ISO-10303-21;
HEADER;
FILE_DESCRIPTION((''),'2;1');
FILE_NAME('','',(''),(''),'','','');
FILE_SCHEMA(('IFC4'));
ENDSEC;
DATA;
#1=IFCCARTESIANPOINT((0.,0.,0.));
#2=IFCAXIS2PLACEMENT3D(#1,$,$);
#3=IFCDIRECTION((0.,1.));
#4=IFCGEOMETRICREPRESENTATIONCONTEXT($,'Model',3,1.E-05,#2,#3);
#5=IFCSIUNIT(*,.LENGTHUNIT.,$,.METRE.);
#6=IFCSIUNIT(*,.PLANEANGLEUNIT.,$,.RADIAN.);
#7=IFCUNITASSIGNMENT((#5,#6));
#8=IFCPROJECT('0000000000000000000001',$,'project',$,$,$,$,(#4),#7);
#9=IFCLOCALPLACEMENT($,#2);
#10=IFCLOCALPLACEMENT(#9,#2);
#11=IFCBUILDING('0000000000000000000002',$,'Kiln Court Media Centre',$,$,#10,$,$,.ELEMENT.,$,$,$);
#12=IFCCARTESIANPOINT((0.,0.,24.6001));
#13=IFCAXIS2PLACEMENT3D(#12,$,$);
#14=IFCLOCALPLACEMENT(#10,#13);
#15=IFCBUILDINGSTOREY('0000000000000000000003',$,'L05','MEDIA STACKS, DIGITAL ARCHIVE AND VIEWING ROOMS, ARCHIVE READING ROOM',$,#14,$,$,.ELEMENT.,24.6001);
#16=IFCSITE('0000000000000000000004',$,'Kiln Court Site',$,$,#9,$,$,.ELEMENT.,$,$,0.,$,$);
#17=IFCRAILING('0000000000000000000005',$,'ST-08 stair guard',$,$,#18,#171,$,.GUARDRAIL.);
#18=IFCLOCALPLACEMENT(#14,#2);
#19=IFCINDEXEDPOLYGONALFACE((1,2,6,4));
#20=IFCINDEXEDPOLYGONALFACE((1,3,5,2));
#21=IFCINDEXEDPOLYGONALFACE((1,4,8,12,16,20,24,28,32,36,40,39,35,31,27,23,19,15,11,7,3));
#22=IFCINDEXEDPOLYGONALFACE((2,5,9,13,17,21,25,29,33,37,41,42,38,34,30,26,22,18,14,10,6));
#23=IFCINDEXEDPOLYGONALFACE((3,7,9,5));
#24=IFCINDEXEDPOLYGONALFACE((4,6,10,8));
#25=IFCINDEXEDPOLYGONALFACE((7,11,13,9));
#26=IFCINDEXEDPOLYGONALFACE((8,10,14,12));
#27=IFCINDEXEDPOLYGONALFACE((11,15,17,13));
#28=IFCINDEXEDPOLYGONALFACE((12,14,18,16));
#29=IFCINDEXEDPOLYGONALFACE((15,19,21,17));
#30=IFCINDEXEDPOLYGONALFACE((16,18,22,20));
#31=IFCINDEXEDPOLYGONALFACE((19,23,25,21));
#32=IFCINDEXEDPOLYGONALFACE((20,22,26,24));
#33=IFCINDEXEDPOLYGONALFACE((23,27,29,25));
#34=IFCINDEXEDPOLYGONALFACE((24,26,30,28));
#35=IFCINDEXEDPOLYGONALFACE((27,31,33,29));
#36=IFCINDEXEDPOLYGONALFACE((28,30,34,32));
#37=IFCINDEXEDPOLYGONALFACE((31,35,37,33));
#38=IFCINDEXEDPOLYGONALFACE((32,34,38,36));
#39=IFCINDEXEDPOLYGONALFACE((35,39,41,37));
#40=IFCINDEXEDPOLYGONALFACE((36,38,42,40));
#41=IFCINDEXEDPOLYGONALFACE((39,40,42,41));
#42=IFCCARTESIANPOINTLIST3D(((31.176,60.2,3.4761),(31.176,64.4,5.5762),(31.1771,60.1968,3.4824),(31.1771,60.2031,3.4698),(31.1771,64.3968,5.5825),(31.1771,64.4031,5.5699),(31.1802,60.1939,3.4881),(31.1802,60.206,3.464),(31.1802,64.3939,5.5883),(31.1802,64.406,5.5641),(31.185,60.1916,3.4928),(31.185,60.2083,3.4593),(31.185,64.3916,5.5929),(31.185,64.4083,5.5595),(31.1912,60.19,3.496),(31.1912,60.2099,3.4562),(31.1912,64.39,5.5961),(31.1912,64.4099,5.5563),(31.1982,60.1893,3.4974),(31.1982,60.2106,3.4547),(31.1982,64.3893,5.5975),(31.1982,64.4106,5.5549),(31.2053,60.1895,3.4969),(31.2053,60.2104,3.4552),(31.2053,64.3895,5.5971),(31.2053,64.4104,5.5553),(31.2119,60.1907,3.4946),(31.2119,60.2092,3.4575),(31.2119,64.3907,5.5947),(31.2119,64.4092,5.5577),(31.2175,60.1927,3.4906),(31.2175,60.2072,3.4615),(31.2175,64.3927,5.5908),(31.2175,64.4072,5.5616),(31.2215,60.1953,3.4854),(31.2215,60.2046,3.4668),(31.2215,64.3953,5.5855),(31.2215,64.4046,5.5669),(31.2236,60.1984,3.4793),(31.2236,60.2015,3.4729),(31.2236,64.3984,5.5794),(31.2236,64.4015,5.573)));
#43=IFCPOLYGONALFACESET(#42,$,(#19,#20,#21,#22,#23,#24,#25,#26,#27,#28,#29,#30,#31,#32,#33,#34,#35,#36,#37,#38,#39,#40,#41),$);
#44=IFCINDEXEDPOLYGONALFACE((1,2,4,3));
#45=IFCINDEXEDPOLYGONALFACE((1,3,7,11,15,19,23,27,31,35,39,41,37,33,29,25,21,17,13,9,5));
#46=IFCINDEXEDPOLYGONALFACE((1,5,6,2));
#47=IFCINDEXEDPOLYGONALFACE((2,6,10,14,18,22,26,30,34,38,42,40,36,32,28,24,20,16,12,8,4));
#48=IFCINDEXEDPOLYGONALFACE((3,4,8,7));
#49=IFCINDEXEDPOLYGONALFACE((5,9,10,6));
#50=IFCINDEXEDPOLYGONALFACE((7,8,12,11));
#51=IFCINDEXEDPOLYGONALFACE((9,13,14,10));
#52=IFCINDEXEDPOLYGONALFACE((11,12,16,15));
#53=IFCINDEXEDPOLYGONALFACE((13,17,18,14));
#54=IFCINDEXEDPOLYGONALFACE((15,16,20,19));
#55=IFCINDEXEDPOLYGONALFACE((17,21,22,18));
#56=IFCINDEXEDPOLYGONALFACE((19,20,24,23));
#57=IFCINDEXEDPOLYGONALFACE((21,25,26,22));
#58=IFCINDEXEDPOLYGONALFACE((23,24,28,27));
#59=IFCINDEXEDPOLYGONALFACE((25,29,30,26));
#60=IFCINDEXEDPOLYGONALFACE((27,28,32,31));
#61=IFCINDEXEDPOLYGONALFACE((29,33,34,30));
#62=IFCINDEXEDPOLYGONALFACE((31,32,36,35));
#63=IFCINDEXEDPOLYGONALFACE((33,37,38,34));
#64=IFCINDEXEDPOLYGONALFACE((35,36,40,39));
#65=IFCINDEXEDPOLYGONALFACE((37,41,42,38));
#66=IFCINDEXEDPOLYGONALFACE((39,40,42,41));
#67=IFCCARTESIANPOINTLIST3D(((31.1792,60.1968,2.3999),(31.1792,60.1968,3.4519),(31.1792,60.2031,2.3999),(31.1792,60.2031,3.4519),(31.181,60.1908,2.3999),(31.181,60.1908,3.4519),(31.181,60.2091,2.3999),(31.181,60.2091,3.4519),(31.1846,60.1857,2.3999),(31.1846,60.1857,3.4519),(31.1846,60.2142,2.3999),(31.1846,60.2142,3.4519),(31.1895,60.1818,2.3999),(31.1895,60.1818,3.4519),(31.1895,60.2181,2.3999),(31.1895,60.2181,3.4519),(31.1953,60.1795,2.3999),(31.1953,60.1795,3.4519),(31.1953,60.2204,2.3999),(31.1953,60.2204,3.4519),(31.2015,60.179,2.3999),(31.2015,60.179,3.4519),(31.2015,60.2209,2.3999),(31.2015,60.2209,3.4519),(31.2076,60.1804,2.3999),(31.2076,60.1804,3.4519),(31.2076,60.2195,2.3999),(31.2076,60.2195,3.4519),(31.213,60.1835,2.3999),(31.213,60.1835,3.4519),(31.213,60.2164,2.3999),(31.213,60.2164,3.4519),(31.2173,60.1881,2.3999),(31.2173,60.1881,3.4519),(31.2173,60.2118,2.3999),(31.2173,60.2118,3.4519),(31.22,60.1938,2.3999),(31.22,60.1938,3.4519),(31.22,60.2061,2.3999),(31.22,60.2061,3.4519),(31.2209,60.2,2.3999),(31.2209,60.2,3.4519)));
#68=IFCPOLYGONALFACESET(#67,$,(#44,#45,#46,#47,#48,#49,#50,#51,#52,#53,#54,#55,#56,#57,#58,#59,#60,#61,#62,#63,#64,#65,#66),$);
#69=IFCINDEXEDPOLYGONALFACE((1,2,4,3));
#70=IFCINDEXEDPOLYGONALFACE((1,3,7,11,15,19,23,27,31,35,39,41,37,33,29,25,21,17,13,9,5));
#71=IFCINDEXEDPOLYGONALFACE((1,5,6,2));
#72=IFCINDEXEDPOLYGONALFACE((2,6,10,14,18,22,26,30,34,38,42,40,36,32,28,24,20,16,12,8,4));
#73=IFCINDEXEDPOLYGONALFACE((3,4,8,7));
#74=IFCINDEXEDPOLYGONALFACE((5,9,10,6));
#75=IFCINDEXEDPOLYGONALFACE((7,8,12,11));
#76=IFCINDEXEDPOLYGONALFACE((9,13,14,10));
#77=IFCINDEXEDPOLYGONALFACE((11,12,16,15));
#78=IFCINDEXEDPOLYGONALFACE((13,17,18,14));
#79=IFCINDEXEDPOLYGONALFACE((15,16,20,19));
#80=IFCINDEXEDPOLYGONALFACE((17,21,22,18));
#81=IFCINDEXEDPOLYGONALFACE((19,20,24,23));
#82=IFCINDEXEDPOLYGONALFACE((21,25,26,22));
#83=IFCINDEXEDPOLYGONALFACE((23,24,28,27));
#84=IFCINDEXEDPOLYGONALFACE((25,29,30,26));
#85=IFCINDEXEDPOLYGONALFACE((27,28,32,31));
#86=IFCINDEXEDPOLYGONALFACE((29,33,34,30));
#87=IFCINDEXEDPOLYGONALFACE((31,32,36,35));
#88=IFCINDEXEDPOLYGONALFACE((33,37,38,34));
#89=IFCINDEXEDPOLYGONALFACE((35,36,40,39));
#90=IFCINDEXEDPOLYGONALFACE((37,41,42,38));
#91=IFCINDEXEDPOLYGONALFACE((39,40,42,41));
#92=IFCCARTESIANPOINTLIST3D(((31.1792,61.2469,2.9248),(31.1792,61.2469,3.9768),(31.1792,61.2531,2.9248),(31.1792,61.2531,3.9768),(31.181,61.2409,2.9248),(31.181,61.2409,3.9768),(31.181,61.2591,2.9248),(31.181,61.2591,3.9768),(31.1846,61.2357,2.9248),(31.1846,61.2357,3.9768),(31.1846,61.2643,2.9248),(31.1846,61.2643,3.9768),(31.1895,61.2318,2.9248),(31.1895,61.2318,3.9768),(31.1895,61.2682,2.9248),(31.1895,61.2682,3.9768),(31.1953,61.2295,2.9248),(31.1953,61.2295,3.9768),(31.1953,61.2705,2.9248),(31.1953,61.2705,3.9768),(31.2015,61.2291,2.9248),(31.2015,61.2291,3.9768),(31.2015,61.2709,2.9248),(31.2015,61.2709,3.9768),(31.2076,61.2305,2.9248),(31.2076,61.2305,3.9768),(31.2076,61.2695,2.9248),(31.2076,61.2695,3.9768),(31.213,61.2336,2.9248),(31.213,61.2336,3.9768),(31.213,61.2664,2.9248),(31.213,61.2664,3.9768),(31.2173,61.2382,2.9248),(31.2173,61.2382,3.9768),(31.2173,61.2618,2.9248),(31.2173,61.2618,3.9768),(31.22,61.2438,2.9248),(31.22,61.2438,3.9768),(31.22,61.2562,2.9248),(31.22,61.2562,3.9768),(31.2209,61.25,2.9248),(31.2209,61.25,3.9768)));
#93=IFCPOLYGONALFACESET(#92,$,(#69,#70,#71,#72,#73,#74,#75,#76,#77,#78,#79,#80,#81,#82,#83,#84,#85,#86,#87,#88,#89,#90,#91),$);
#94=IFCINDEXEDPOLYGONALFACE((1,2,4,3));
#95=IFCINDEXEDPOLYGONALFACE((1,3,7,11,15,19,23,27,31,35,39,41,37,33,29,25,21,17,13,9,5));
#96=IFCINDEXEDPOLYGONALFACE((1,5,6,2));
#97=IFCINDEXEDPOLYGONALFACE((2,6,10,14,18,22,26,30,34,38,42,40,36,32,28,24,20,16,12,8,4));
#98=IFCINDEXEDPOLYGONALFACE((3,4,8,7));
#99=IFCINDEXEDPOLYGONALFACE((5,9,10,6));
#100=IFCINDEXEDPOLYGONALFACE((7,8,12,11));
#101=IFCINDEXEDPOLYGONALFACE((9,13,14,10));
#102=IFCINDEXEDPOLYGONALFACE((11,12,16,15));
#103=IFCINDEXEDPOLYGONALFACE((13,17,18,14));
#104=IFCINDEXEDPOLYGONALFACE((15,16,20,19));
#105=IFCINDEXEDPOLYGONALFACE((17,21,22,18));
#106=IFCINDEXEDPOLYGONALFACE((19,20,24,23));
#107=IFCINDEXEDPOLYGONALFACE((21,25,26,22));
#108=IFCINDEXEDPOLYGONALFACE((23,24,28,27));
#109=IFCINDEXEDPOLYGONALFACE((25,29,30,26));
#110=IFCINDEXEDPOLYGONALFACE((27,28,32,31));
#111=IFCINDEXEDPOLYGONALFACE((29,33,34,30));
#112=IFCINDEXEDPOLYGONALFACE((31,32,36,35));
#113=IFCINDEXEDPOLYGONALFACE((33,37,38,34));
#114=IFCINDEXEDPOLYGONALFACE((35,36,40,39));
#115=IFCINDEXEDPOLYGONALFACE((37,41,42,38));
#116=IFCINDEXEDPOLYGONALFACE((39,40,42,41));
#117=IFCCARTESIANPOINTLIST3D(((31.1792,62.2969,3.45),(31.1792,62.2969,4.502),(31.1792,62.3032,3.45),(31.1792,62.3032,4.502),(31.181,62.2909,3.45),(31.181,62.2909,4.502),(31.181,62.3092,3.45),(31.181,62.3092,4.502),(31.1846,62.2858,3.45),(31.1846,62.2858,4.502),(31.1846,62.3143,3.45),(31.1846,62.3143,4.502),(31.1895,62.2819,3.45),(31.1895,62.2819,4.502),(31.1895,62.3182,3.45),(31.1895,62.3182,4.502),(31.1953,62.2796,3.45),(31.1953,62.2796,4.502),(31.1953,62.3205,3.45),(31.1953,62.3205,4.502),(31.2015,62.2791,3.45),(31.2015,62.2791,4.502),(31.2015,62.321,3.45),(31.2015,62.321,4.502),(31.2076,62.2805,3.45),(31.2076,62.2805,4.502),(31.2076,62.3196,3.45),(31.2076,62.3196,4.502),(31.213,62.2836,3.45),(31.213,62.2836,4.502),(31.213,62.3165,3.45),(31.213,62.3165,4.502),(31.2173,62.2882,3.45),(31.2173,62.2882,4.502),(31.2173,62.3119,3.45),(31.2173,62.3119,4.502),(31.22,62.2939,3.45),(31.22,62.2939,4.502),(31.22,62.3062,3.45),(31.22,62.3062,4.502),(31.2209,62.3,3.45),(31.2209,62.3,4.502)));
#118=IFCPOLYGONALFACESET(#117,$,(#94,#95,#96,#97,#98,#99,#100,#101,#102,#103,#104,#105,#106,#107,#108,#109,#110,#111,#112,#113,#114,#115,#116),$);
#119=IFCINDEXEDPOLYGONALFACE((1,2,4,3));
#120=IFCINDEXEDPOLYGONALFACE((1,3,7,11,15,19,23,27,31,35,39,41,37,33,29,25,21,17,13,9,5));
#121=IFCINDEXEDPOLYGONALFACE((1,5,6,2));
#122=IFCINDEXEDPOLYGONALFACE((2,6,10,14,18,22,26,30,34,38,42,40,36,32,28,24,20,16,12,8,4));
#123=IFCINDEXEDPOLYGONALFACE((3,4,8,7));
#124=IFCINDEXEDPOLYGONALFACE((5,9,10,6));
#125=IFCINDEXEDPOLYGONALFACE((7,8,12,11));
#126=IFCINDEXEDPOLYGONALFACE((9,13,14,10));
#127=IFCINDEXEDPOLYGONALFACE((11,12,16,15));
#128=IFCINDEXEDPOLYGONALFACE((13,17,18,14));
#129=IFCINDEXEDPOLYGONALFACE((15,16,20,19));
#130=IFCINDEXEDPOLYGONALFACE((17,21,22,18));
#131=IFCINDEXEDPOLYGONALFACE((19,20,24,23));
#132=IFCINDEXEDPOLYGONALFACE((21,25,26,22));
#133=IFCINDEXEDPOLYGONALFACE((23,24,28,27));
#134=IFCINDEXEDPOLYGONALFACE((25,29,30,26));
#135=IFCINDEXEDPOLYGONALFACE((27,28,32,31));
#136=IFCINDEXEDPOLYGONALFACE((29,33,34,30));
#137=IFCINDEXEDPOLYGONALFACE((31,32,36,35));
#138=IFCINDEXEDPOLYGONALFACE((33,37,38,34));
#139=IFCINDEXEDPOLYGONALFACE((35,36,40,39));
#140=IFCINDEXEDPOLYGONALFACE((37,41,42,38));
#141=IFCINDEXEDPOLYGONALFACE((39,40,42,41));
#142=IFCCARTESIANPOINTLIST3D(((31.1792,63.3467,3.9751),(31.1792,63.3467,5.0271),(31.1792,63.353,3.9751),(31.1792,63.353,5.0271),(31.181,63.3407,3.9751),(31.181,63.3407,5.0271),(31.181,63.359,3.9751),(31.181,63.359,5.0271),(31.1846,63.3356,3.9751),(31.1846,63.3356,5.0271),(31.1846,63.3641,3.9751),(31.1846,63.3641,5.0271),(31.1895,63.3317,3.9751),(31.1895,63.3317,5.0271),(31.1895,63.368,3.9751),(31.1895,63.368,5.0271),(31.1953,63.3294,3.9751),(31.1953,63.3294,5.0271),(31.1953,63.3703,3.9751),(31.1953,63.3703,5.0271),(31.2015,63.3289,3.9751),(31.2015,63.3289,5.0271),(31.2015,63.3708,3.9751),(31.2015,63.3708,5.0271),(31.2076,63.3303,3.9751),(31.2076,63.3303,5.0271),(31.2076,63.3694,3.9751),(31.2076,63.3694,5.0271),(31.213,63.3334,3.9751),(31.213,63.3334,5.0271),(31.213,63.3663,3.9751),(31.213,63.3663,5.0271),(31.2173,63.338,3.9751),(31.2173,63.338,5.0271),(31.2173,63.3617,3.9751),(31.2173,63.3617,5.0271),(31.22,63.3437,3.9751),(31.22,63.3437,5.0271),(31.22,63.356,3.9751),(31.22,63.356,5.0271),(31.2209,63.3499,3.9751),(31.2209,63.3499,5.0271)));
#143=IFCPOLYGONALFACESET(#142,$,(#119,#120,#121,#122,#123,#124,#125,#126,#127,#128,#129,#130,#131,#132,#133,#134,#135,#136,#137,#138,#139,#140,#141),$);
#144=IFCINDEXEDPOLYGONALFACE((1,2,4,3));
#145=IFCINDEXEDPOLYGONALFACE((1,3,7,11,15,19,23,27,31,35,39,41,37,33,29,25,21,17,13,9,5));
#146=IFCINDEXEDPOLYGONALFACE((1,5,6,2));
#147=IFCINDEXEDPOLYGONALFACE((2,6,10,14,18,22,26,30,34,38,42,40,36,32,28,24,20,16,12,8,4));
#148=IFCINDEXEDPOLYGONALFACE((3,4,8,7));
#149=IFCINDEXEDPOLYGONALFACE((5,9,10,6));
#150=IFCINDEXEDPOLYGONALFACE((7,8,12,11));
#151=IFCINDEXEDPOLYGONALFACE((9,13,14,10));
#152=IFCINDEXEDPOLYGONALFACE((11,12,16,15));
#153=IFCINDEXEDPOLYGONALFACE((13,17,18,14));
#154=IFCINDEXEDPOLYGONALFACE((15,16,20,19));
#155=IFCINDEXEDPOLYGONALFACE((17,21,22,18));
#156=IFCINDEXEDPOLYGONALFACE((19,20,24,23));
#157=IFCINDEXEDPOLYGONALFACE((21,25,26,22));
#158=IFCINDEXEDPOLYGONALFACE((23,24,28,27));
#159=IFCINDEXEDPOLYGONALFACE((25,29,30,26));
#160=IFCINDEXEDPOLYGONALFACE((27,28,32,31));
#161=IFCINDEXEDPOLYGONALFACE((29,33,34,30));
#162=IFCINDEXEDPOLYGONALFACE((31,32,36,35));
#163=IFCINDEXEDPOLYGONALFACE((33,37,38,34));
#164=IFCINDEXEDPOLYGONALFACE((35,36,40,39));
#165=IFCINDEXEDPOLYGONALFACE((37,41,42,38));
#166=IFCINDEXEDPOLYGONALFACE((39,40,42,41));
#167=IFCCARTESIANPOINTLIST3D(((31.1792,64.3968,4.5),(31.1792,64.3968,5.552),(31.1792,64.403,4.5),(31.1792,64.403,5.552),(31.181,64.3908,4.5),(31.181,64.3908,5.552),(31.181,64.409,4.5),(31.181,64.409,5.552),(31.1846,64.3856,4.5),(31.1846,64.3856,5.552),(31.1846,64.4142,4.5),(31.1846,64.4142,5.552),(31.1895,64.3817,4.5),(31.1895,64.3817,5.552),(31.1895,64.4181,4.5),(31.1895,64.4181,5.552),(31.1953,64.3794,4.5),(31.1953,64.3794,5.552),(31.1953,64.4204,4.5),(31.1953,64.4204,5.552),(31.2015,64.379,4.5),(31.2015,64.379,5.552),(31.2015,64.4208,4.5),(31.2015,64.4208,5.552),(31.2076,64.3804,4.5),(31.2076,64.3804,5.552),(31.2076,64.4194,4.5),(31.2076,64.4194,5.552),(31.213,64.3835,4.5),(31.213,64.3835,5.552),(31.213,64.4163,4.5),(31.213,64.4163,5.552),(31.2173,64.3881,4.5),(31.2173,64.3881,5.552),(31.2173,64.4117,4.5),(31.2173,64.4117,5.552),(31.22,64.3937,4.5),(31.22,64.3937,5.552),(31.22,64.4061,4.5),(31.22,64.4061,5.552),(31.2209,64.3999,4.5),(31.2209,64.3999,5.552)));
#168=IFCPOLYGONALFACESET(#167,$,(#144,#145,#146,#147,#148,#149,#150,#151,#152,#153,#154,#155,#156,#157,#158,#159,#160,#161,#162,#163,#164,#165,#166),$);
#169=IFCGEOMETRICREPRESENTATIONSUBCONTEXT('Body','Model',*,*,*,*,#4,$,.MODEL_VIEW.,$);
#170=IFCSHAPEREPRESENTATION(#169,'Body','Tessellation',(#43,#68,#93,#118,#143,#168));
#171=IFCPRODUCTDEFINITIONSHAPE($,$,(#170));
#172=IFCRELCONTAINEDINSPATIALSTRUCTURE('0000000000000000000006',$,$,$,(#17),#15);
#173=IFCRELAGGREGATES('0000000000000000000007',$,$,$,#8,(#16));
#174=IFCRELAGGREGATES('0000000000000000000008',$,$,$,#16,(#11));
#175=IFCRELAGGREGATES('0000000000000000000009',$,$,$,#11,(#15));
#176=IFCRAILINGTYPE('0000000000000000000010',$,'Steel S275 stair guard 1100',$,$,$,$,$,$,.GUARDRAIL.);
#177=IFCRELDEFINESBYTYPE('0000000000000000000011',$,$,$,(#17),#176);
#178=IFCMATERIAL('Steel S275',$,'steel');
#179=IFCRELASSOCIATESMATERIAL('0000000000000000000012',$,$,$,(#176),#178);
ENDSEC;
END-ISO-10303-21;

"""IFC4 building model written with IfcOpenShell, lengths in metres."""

from ifc_helpers import new_model, si_unit, direction, frame, origin, origin_2d, place, context, subcontext, project, spatial, circle, extrude, material, type_object, element, save


model = new_model("IFC4")

# Units and contexts
model_context = context("Model", 3, precision=1e-05, world=origin(), true_north=direction((0.0, 1.0)))
body_context = subcontext(model_context, "Body", "Model", "MODEL_VIEW")
ifc_project = project(units=[si_unit("LENGTHUNIT", "METRE"), si_unit("PLANEANGLEUNIT", "RADIAN")], contexts=[model_context])

# Site, building, storey
site_placement = place(None, origin())
site = spatial("IfcSite", under=ifc_project, at=site_placement, Name="Kiln Court Site", CompositionType="ELEMENT", RefElevation=0.0)
building_placement = place(site_placement, origin())
building = spatial("IfcBuilding", under=site, at=building_placement, Name="Kiln Court Media Centre", CompositionType="ELEMENT")
storey_placement = place(building_placement, frame((0.0, 0.0, 24.6001)))
storey = spatial("IfcBuildingStorey", under=building, at=storey_placement, Name="L05", Description="MEDIA STACKS, DIGITAL ARCHIVE AND VIEWING ROOMS, ARCHIVE READING ROOM", CompositionType="ELEMENT", Elevation=24.6001)

# Railing
ifc_material_1 = material(Name="Steel S275", Category="steel")
railing_type_1 = type_object("IfcRailingType", Name="Steel S275 stair guard 1100", PredefinedType="GUARDRAIL", material=ifc_material_1)
railing_1_placement = place(storey_placement, frame((31.2, 60.2, 2.3999)))
element("IfcRailing", 1, at=railing_1_placement, inside=storey, type_object=railing_type_1, Name="ST-08 stair guard", PredefinedType="GUARDRAIL", context=body_context, shape_type="SweptSolid", body=[
    extrude(circle(Radius=0.0239, at=origin_2d()), frame((0.0, 0.0, 1.0762), z_axis=(0.0, 0.894417, 0.447234), x_axis=(-1.0, 0.0, 0.0)), (0.0, 0.0, 1.0), 4.6958),
    extrude(circle(Radius=0.021, at=origin_2d()), origin(), (0.0, 0.0, 1.0), 1.052),
    extrude(circle(Radius=0.021, at=origin_2d()), frame((0.0, 1.05, 0.5249)), (0.0, 0.0, 1.0), 1.052),
    extrude(circle(Radius=0.021, at=origin_2d()), frame((0.0, 2.1001, 1.05)), (0.0, 0.0, 1.0), 1.052),
    extrude(circle(Radius=0.021, at=origin_2d()), frame((0.0, 3.1499, 1.5752)), (0.0, 0.0, 1.0), 1.052),
    extrude(circle(Radius=0.021, at=origin_2d()), frame((0.0, 4.2, 2.1001)), (0.0, 0.0, 1.0), 1.052),
])

save(model, "model.ifc")
